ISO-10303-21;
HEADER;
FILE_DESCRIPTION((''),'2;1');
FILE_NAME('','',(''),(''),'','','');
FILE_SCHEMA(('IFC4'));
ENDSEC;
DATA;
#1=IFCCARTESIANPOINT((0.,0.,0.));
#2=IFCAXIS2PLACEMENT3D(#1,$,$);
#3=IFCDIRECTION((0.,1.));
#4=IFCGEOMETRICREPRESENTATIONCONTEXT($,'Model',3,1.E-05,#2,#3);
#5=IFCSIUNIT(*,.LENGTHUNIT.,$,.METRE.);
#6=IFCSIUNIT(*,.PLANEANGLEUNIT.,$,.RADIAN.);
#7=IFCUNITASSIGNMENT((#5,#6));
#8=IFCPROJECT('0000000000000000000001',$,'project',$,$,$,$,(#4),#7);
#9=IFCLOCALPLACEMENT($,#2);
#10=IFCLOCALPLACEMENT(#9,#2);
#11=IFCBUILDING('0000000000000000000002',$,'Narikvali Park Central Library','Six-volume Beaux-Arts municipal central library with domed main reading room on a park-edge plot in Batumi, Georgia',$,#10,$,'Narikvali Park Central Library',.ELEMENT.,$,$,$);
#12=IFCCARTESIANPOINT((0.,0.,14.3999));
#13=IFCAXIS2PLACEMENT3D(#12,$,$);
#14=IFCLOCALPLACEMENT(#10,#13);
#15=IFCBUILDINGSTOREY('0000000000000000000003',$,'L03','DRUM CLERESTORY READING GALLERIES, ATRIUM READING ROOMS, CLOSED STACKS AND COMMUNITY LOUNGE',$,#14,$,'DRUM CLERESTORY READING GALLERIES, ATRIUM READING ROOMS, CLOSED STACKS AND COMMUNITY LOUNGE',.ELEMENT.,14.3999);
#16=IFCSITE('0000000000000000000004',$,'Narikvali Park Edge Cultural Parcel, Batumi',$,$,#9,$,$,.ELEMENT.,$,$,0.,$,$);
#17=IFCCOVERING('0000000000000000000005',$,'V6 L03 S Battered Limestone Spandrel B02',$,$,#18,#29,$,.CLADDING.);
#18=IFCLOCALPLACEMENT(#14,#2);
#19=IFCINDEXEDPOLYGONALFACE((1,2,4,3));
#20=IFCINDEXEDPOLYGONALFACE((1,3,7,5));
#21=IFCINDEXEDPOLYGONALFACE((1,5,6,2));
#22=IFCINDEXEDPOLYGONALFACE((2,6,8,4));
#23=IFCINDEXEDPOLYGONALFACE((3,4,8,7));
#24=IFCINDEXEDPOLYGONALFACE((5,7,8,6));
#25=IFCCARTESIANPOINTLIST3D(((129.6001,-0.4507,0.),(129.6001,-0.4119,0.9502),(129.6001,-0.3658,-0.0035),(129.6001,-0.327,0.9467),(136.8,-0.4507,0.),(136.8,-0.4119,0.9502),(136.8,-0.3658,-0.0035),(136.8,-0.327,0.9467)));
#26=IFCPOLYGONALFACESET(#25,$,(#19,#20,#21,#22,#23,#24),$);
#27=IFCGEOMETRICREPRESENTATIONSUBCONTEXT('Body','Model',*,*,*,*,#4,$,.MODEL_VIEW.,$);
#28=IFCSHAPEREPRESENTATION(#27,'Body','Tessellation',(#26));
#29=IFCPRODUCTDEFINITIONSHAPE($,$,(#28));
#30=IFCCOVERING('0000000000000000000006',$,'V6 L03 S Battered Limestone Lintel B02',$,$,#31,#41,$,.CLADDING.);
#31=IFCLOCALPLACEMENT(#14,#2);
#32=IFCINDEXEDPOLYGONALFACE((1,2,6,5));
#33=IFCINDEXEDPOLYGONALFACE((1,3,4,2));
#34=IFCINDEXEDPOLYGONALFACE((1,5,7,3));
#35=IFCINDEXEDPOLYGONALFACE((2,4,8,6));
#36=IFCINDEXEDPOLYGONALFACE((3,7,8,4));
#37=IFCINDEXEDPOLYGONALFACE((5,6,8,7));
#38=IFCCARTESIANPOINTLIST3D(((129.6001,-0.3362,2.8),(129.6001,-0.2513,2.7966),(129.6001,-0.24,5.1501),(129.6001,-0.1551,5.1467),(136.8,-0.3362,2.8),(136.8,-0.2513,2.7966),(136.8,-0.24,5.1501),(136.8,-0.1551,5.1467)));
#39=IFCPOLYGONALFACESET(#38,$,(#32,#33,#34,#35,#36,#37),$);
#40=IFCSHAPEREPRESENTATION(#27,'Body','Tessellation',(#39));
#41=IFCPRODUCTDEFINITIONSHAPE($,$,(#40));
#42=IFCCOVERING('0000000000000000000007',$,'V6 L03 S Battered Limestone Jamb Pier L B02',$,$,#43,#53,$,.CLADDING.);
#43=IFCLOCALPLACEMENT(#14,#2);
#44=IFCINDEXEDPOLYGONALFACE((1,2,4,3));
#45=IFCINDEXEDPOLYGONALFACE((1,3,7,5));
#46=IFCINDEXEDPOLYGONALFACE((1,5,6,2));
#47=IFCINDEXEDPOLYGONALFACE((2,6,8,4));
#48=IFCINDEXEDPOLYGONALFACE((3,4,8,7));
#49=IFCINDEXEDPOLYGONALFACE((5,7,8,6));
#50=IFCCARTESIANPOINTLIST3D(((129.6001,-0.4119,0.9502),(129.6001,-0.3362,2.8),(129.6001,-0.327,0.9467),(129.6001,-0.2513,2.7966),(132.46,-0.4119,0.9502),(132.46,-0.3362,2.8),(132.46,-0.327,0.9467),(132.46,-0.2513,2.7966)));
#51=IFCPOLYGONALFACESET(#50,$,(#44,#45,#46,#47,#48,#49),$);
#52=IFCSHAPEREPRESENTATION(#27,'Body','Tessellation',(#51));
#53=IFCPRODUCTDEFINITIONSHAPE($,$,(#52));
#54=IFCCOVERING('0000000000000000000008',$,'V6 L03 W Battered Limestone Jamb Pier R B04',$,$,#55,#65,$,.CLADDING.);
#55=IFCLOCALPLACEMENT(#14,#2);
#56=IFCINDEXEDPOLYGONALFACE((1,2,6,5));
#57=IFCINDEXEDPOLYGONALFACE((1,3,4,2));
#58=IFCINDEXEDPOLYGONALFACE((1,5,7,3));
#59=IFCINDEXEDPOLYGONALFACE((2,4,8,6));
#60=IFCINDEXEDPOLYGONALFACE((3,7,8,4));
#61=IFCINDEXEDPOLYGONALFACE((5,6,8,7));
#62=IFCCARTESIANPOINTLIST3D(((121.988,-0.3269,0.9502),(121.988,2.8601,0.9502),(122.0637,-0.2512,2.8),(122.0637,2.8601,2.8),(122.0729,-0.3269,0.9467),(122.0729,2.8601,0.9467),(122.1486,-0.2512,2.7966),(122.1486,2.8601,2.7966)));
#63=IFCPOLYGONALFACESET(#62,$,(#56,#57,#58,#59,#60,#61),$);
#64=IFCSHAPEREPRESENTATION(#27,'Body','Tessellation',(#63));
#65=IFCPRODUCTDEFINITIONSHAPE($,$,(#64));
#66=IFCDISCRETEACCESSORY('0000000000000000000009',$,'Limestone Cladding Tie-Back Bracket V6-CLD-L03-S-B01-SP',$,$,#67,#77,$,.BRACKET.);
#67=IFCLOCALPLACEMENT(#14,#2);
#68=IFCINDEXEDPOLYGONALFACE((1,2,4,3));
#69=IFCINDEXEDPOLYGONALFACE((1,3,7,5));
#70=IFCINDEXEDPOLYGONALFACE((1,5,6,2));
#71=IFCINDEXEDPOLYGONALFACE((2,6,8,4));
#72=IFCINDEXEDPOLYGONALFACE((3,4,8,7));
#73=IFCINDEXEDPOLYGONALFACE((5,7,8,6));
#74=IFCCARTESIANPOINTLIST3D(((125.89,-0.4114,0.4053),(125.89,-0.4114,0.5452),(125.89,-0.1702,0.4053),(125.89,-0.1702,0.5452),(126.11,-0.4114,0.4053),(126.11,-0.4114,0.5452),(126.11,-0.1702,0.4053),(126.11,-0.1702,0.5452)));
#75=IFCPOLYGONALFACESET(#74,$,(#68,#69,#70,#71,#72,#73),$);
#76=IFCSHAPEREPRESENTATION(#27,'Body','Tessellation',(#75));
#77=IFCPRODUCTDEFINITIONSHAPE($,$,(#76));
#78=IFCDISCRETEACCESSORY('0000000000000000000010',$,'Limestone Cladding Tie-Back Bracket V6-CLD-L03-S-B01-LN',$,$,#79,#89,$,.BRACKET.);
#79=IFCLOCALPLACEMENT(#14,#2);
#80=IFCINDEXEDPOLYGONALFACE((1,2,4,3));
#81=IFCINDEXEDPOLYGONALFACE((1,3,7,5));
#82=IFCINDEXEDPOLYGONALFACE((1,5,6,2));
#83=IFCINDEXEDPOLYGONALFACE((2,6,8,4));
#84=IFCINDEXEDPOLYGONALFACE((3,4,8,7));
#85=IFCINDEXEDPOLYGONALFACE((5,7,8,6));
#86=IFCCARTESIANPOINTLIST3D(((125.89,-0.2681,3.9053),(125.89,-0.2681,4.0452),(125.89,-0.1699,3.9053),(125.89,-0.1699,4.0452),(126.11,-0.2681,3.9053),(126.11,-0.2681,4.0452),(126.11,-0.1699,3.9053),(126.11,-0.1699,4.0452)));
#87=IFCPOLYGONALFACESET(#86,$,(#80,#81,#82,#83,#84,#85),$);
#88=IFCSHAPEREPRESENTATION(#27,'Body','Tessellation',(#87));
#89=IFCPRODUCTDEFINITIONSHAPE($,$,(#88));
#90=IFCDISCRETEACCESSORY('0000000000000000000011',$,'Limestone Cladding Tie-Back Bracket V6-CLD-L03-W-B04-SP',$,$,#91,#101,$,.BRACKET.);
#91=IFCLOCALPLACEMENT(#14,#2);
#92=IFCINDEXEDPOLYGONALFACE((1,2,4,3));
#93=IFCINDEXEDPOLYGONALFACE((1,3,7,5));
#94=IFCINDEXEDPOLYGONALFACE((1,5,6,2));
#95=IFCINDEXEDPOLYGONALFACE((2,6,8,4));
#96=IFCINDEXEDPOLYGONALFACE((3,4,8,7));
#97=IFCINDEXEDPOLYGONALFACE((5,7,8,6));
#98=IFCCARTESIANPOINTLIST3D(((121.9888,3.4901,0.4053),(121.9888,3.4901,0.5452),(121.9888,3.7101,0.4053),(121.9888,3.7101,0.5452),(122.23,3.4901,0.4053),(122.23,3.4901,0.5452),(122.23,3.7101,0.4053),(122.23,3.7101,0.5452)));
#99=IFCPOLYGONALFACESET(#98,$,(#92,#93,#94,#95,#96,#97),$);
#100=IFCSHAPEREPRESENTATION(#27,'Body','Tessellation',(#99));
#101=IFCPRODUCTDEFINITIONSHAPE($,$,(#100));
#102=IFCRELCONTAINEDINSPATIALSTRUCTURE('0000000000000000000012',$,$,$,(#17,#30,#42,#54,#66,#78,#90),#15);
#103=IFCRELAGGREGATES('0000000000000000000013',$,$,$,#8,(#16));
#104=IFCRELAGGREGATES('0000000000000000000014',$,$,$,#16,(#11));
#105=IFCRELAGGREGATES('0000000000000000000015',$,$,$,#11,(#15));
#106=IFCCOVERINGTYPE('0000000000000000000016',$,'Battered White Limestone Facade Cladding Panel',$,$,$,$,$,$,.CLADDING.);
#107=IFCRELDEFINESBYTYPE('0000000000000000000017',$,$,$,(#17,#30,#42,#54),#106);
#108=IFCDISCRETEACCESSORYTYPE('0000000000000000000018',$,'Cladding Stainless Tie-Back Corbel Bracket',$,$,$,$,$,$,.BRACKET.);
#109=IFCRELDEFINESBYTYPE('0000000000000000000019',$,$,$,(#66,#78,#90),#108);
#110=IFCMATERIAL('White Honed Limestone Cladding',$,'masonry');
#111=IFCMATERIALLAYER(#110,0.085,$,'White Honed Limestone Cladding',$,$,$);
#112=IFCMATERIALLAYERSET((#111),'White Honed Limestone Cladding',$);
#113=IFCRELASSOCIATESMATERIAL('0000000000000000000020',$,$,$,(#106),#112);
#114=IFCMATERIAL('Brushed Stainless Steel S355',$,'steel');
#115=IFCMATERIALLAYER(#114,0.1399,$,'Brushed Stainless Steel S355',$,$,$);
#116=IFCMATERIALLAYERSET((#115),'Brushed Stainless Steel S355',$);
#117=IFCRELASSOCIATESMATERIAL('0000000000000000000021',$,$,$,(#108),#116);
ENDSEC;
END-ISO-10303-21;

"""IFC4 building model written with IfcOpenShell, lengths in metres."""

from ifc_helpers import new_model, si_unit, direction, frame, origin, origin_2d, place, context, subcontext, project, spatial, polyline, rectangle, outline, extrude, material, layer, layer_set, type_object, element, save


model = new_model("IFC4")

# Units and contexts
model_context = context("Model", 3, precision=1e-05, world=origin(), true_north=direction((0.0, 1.0)))
body_context = subcontext(model_context, "Body", "Model", "MODEL_VIEW")
ifc_project = project(units=[si_unit("LENGTHUNIT", "METRE"), si_unit("PLANEANGLEUNIT", "RADIAN")], contexts=[model_context])

# Site, building, storey
site_placement = place(None, origin())
site = spatial("IfcSite", under=ifc_project, at=site_placement, Name="Narikvali Park Edge Cultural Parcel, Batumi", CompositionType="ELEMENT", RefElevation=0.0)
building_placement = place(site_placement, origin())
building = spatial("IfcBuilding", under=site, at=building_placement, Name="Narikvali Park Central Library", Description="Six-volume Beaux-Arts municipal central library with domed main reading room on a park-edge plot in Batumi, Georgia", LongName="Narikvali Park Central Library", CompositionType="ELEMENT")
storey_placement = place(building_placement, frame((0.0, 0.0, 14.3999)))
storey = spatial("IfcBuildingStorey", under=building, at=storey_placement, Name="L03", Description="DRUM CLERESTORY READING GALLERIES, ATRIUM READING ROOMS, CLOSED STACKS AND COMMUNITY LOUNGE", LongName="DRUM CLERESTORY READING GALLERIES, ATRIUM READING ROOMS, CLOSED STACKS AND COMMUNITY LOUNGE", CompositionType="ELEMENT", Elevation=14.3999)

# Coverings
ifc_material_1 = material(Name="White Honed Limestone Cladding", Category="masonry")
ifc_layer_1 = layer(ifc_material_1, 0.085, Name="White Honed Limestone Cladding")
ifc_layer_set_1 = layer_set([ifc_layer_1], Name="White Honed Limestone Cladding")
covering_type = type_object("IfcCoveringType", Name="Battered White Limestone Facade Cladding Panel", PredefinedType="CLADDING", material=ifc_layer_set_1)
covering_1_placement = place(storey_placement, frame((129.6001, -0.4507, 0.0), z_axis=(0.0, -0.999167, 0.040819), x_axis=(1.0, 0.0, 0.0)))
element("IfcCovering", 1, at=covering_1_placement, inside=storey, type_object=covering_type, Name="V6 L03 S Battered Limestone Spandrel B02", PredefinedType="CLADDING", context=body_context, shape_type="SweptSolid", body=[
    extrude(outline(polyline([(0.0, 0.0), (7.2, 0.0), (7.2, 0.951), (0.0, 0.951), (0.0, 0.0)])), origin(), (0.0, 0.0, -1.0), 0.085),
])
covering_2_placement = place(storey_placement, frame((129.6001, -0.3362, 2.8), z_axis=(0.0, -0.999163, 0.040897), x_axis=(1.0, 0.0, 0.0)))
element("IfcCovering", 2, at=covering_2_placement, inside=storey, type_object=covering_type, Name="V6 L03 S Battered Limestone Lintel B02", PredefinedType="CLADDING", context=body_context, shape_type="SweptSolid", body=[
    extrude(outline(polyline([(0.0, 0.0), (7.2, 0.0), (7.2, 2.3521), (0.0, 2.3521), (0.0, 0.0)])), origin(), (0.0, 0.0, -1.0), 0.085),
])
covering_3_placement = place(storey_placement, frame((129.6001, -0.4119, 0.9502), z_axis=(0.0, -0.999164, 0.040879), x_axis=(1.0, 0.0, 0.0)))
element("IfcCovering", 3, at=covering_3_placement, inside=storey, type_object=covering_type, Name="V6 L03 S Battered Limestone Jamb Pier L B02", PredefinedType="CLADDING", context=body_context, shape_type="SweptSolid", body=[
    extrude(outline(polyline([(0.0, 0.0), (2.8599, 0.0), (2.8599, 1.8514), (0.0, 1.8514), (0.0, 0.0)])), origin(), (0.0, 0.0, -1.0), 0.085),
])
covering_4_placement = place(storey_placement, frame((121.988, 2.8601, 0.9502), z_axis=(-0.999164, 0.0, 0.040879), x_axis=(0.0, -1.0, 0.0)))
element("IfcCovering", 4, at=covering_4_placement, inside=storey, type_object=covering_type, Name="V6 L03 W Battered Limestone Jamb Pier R B04", PredefinedType="CLADDING", context=body_context, shape_type="SweptSolid", body=[
    extrude(outline(polyline([(0.0, 0.0), (3.187, 0.0), (3.1113, 1.8514), (0.0, 1.8514), (0.0, 0.0)])), origin(), (0.0, 0.0, -1.0), 0.085),
])

# Discrete accessories
ifc_material_2 = material(Name="Brushed Stainless Steel S355", Category="steel")
ifc_layer_2 = layer(ifc_material_2, 0.1399, Name="Brushed Stainless Steel S355")
ifc_layer_set_2 = layer_set([ifc_layer_2], Name="Brushed Stainless Steel S355")
discrete_accessory_type = type_object("IfcDiscreteAccessoryType", Name="Cladding Stainless Tie-Back Corbel Bracket", PredefinedType="BRACKET", material=ifc_layer_set_2)
discrete_accessory_1_placement = place(storey_placement, frame((126.0, -0.2908, 0.4053), z_axis=(0.0, 0.0, 1.0), x_axis=(1.0, 0.0, 0.0)))
element("IfcDiscreteAccessory", 5, at=discrete_accessory_1_placement, inside=storey, type_object=discrete_accessory_type, Name="Limestone Cladding Tie-Back Bracket V6-CLD-L03-S-B01-SP", PredefinedType="BRACKET", context=body_context, shape_type="SweptSolid", body=[
    extrude(rectangle(XDim=0.22, YDim=0.2412, at=origin_2d()), origin(), (0.0, 0.0, 1.0), 0.1399),
])
discrete_accessory_2_placement = place(storey_placement, frame((126.0, -0.219, 3.9053), z_axis=(0.0, 0.0, 1.0), x_axis=(1.0, 0.0, 0.0)))
element("IfcDiscreteAccessory", 6, at=discrete_accessory_2_placement, inside=storey, type_object=discrete_accessory_type, Name="Limestone Cladding Tie-Back Bracket V6-CLD-L03-S-B01-LN", PredefinedType="BRACKET", context=body_context, shape_type="SweptSolid", body=[
    extrude(rectangle(XDim=0.22, YDim=0.0981, at=origin_2d()), origin(), (0.0, 0.0, 1.0), 0.1399),
])
discrete_accessory_3_placement = place(storey_placement, frame((122.1094, 3.6001, 0.4053), z_axis=(0.0, 0.0, 1.0), x_axis=(1.0, 0.0, 0.0)))
element("IfcDiscreteAccessory", 7, at=discrete_accessory_3_placement, inside=storey, type_object=discrete_accessory_type, Name="Limestone Cladding Tie-Back Bracket V6-CLD-L03-W-B04-SP", PredefinedType="BRACKET", context=body_context, shape_type="SweptSolid", body=[
    extrude(rectangle(XDim=0.2412, YDim=0.22, at=origin_2d()), origin(), (0.0, 0.0, 1.0), 0.1399),
])

save(model, "model.ifc")
